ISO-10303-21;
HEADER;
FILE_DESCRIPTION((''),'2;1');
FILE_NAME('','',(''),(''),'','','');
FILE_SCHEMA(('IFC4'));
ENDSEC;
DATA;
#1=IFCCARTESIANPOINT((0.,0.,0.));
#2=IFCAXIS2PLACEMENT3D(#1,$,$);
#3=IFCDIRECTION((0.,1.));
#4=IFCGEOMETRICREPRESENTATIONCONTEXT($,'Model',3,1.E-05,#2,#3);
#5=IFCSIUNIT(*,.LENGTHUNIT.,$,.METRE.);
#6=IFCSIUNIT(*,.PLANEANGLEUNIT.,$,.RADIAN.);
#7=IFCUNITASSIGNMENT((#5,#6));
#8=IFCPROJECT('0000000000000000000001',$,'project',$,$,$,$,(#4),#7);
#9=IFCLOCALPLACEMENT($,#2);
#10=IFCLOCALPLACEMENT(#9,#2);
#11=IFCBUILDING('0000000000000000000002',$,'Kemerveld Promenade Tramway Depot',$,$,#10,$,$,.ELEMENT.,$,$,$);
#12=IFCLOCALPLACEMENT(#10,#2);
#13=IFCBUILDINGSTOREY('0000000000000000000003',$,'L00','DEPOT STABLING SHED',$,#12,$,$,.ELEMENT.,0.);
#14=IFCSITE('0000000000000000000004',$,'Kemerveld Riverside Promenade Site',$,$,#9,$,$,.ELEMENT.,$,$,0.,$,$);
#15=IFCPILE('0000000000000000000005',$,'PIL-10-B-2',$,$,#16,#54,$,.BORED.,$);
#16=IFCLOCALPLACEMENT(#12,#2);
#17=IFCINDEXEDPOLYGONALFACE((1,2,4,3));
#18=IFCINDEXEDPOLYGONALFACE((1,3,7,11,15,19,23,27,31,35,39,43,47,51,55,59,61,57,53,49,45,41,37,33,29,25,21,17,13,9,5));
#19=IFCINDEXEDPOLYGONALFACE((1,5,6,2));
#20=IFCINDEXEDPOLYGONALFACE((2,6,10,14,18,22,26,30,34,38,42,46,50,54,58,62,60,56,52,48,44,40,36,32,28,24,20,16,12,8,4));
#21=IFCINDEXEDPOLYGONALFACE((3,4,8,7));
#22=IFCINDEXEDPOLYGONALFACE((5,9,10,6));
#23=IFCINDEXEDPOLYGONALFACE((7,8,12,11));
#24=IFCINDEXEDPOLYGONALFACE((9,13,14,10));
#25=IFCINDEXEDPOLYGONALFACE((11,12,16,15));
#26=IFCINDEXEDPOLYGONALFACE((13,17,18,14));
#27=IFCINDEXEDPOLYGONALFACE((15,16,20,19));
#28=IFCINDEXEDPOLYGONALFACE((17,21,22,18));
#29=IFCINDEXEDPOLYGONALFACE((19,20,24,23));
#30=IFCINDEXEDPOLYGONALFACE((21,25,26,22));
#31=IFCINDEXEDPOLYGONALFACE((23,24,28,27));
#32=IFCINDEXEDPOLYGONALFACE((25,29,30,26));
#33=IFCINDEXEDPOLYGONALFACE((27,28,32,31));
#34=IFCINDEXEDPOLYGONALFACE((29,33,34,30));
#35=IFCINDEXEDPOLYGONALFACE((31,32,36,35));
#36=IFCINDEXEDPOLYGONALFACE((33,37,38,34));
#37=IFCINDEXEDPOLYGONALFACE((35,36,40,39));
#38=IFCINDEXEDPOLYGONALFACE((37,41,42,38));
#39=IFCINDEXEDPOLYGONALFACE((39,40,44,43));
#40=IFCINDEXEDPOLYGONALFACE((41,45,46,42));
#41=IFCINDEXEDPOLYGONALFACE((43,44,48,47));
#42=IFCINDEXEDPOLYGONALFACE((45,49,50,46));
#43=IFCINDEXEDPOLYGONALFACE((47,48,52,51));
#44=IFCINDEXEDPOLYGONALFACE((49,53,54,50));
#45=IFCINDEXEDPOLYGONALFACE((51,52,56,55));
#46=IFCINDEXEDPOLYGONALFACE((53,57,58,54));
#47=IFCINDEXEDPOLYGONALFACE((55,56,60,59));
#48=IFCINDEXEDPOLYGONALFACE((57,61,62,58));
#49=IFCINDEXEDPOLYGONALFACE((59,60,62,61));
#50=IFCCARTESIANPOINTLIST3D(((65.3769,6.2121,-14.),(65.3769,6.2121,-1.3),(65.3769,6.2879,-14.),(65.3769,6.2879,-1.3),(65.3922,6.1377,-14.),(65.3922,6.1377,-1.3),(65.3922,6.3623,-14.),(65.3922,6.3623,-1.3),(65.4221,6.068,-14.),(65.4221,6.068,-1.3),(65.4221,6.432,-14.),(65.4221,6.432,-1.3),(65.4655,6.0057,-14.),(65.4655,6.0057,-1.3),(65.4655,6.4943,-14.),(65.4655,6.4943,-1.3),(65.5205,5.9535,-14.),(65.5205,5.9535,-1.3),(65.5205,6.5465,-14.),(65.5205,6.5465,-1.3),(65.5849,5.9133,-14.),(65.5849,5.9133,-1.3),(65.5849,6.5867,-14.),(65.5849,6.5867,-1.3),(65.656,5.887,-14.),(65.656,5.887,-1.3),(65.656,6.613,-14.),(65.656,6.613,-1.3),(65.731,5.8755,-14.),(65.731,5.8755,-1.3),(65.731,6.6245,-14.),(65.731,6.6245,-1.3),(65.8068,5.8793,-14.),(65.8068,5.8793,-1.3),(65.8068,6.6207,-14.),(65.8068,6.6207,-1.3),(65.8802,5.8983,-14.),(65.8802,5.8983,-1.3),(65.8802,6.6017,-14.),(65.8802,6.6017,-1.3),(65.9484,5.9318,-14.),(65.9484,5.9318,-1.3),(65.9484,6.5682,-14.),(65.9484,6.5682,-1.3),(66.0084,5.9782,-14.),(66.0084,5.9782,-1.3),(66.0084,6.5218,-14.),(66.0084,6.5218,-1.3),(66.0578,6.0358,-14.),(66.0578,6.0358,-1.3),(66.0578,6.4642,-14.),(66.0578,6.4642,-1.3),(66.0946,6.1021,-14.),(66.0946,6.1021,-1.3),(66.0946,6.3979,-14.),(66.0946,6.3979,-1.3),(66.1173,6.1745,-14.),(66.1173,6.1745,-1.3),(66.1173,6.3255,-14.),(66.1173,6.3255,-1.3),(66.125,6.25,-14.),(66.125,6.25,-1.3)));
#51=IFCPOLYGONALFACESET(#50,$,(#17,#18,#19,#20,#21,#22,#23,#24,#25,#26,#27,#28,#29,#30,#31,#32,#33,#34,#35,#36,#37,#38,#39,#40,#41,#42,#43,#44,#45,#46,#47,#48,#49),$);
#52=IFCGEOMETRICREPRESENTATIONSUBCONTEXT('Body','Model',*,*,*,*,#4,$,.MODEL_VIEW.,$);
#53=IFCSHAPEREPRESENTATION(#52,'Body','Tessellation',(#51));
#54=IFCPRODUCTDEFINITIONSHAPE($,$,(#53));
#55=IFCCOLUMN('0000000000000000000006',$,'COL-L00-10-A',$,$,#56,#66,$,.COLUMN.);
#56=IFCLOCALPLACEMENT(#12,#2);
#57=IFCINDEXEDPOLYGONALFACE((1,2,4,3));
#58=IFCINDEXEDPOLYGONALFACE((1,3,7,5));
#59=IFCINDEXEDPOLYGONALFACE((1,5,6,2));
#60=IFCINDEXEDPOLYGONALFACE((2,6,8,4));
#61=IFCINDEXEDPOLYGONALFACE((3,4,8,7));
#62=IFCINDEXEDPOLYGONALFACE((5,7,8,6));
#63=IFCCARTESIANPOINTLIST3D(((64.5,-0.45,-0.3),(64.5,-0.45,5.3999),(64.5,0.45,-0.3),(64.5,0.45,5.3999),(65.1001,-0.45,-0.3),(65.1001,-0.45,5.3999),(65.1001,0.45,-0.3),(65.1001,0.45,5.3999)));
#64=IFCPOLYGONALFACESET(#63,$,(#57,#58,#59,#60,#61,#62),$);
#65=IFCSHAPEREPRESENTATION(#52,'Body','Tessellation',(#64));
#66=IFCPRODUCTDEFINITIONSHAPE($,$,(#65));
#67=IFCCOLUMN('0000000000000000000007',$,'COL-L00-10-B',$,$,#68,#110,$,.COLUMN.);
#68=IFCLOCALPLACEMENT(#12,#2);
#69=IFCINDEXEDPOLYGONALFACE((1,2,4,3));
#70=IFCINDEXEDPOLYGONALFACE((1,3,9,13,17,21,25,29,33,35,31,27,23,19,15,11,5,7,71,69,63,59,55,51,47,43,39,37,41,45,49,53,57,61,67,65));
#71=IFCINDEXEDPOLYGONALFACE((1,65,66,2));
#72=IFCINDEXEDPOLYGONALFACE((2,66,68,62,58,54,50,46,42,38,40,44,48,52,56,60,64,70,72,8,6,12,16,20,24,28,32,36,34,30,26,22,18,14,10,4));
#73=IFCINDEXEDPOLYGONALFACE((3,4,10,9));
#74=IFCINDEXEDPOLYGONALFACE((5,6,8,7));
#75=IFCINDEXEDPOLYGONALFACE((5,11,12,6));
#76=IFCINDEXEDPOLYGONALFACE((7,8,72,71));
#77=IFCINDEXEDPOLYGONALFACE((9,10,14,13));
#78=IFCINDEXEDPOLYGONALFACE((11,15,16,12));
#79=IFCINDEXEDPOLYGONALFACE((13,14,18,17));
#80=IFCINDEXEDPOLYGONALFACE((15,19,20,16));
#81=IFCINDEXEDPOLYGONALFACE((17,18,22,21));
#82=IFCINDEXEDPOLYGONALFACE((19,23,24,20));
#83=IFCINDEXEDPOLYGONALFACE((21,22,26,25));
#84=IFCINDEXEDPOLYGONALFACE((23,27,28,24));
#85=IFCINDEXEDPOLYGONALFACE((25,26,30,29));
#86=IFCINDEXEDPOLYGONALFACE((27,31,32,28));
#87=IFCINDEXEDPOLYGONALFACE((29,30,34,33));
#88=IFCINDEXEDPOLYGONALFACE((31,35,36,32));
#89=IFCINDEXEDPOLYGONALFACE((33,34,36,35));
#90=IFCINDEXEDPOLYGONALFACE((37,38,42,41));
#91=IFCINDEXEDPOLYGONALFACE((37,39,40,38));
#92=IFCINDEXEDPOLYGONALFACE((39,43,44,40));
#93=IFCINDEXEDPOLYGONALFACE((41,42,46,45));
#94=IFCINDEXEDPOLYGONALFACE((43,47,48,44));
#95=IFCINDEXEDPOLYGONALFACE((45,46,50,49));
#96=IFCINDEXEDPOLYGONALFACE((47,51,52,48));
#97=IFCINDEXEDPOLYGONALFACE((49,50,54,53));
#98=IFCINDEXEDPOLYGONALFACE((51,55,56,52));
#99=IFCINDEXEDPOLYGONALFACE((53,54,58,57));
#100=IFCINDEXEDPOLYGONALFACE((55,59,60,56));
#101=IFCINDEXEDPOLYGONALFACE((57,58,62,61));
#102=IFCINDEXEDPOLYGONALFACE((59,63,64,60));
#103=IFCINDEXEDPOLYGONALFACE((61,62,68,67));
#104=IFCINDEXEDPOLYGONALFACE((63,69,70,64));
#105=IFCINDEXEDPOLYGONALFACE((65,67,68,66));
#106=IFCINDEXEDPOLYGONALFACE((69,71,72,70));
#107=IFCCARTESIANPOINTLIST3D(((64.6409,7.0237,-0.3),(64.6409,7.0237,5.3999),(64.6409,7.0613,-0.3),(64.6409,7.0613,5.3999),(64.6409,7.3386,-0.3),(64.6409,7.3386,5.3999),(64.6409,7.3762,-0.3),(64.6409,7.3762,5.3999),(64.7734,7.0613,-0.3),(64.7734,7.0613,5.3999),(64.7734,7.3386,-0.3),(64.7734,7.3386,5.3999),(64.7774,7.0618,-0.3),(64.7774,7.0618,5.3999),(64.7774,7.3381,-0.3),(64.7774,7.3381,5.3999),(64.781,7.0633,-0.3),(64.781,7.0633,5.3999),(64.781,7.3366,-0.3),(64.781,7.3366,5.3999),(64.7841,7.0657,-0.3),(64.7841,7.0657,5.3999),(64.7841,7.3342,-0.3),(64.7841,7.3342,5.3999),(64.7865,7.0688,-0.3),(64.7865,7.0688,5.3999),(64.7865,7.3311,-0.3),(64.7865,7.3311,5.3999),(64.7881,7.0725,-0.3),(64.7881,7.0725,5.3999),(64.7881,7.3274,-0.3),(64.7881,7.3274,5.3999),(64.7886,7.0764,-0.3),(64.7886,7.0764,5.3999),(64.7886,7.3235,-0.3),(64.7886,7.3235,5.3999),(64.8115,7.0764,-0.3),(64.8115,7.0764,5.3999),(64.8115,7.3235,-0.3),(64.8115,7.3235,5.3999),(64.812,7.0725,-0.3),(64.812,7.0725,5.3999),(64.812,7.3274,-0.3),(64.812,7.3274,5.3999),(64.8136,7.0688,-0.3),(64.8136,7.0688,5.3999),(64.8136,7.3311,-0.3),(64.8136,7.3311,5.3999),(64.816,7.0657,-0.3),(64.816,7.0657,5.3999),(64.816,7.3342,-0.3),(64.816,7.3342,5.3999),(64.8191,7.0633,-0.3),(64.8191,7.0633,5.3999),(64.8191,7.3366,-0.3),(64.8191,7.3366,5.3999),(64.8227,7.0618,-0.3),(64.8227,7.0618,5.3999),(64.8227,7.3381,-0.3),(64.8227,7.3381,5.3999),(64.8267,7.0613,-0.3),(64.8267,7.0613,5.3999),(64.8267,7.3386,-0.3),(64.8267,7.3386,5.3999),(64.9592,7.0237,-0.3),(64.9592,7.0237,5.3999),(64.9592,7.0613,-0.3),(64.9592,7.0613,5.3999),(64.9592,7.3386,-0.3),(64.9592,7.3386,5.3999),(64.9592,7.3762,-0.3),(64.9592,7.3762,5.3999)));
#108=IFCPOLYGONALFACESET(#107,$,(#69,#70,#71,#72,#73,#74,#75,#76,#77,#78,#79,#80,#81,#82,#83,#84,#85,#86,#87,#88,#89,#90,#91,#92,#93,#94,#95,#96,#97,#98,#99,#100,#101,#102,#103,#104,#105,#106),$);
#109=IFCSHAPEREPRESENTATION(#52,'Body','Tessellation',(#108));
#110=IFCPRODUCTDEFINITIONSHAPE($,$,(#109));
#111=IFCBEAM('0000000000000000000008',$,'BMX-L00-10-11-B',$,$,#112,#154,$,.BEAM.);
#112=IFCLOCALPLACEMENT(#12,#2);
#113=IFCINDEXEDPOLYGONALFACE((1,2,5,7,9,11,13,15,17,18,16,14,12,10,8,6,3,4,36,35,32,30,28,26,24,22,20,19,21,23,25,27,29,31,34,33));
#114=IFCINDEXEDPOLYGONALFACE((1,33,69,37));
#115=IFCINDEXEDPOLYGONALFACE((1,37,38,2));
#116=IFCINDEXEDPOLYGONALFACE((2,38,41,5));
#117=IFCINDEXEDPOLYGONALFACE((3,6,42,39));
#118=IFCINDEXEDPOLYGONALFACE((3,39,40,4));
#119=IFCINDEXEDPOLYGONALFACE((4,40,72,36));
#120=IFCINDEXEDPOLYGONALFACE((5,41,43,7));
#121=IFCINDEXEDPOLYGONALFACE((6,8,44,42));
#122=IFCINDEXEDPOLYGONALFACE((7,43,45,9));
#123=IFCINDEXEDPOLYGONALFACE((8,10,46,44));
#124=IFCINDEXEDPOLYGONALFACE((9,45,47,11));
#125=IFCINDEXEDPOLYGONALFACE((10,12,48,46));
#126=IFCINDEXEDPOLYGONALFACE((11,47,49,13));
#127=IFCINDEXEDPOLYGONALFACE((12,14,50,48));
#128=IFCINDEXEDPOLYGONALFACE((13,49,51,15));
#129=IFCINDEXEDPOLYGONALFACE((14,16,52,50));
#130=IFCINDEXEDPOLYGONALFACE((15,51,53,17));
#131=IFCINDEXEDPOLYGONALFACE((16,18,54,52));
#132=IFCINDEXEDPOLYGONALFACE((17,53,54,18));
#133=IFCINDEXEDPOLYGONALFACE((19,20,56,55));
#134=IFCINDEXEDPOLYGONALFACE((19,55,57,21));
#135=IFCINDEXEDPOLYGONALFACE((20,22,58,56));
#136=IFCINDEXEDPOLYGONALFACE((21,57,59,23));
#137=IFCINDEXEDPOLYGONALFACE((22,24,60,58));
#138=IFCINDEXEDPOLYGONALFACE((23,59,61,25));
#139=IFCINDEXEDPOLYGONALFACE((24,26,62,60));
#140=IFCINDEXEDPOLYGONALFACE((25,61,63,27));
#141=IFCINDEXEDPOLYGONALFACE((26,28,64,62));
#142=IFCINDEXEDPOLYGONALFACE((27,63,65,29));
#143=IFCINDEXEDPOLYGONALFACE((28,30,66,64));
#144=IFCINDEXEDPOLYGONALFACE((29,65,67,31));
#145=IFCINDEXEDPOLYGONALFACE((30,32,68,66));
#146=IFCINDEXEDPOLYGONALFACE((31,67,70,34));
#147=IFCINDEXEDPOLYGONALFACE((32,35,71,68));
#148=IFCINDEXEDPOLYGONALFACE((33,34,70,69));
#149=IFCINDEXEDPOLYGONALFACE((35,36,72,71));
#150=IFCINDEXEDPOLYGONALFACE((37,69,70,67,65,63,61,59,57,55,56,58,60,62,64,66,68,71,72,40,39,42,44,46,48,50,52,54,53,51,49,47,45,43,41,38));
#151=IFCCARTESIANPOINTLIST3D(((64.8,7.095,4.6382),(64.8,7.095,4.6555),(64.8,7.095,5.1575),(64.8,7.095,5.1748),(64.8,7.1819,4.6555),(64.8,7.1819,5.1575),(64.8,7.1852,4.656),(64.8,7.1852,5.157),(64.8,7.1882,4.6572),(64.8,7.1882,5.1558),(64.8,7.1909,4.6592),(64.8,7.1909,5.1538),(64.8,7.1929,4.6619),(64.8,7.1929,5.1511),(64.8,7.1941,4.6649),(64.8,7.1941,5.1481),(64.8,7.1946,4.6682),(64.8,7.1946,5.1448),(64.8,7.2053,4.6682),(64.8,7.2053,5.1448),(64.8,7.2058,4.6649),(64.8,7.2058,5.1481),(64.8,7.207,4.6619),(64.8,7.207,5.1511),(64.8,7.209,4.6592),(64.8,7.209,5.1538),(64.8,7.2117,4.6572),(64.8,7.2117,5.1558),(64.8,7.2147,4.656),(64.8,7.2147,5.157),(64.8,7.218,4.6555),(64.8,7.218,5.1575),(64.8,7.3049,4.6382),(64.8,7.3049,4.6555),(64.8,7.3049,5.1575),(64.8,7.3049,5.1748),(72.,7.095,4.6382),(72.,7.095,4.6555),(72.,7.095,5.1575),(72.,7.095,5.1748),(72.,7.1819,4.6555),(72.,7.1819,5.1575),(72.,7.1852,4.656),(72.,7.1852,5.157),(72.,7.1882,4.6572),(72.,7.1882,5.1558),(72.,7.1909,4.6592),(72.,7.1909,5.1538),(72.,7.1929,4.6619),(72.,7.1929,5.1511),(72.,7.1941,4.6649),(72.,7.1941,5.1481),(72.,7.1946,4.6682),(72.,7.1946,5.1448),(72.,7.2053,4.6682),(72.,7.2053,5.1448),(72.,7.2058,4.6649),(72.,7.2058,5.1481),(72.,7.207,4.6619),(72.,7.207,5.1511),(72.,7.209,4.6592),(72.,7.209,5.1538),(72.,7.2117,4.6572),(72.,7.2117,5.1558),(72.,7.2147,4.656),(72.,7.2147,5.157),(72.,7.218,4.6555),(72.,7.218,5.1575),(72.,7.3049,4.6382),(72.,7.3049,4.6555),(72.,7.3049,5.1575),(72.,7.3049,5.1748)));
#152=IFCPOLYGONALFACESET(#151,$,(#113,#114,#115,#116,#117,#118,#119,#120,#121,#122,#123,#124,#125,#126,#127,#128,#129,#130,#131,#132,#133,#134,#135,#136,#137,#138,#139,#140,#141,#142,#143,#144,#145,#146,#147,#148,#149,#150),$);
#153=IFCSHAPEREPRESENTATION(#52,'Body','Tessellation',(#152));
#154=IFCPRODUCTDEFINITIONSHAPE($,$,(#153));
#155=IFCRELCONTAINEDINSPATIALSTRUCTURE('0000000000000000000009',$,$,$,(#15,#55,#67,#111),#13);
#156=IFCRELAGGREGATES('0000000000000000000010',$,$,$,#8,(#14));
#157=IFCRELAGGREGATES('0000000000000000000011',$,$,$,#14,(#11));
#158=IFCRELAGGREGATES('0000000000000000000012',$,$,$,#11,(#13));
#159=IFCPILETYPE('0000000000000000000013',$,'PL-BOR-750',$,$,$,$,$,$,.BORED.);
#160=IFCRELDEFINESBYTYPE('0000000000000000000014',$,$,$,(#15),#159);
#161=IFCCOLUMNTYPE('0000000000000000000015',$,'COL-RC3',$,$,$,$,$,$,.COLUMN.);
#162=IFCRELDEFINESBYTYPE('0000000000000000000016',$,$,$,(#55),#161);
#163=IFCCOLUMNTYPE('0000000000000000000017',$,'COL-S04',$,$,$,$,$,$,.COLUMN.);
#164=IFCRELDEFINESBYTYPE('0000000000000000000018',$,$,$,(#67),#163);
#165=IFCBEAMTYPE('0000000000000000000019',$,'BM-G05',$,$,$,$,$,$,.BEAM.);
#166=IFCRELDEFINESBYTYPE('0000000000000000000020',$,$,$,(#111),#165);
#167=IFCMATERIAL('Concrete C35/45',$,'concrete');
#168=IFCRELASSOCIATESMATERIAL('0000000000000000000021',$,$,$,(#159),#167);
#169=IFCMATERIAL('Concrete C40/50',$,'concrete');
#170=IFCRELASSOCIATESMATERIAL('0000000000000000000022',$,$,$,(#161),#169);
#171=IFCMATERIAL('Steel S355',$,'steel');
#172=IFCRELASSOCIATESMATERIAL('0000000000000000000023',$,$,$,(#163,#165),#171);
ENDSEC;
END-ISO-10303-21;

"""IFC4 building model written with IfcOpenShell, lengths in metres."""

from ifc_helpers import new_model, si_unit, direction, frame, origin, origin_2d, place, context, subcontext, project, spatial, rectangle, circle, i_section, extrude, material, material_profile, profile_set, type_object, element, save


model = new_model("IFC4")

# Units and contexts
model_context = context("Model", 3, precision=1e-05, world=origin(), true_north=direction((0.0, 1.0)))
body_context = subcontext(model_context, "Body", "Model", "MODEL_VIEW")
ifc_project = project(units=[si_unit("LENGTHUNIT", "METRE"), si_unit("PLANEANGLEUNIT", "RADIAN")], contexts=[model_context])

# Site, building, storey
site_placement = place(None, origin())
site = spatial("IfcSite", under=ifc_project, at=site_placement, Name="Kemerveld Riverside Promenade Site", CompositionType="ELEMENT", RefElevation=0.0)
building_placement = place(site_placement, origin())
building = spatial("IfcBuilding", under=site, at=building_placement, Name="Kemerveld Promenade Tramway Depot", CompositionType="ELEMENT")
storey_placement = place(building_placement, origin())
storey = spatial("IfcBuildingStorey", under=building, at=storey_placement, Name="L00", Description="DEPOT STABLING SHED", CompositionType="ELEMENT", Elevation=0.0)

# Shared definitions
ifc_material_1 = material(Name="Concrete C35/45", Category="concrete")

# Pile
ifc_material_profile_1 = material_profile(ifc_material_1, circle(Radius=0.375, at=origin_2d()), Name="PILE-D750")
ifc_profile_set_1 = profile_set([ifc_material_profile_1], Name="Concrete C35/45")
pile_type = type_object("IfcPileType", Name="PL-BOR-750", PredefinedType="BORED", material=ifc_profile_set_1)
for number, where, z_axis, x_axis, name in (
    (1, (65.75, 6.25, -1.3), (0.0, 0.0, -1.0), (1.0, 0.0, 0.0), "PIL-10-B-2"),
):
    element("IfcPile", number, at=place(storey_placement, frame(where, z_axis=z_axis, x_axis=x_axis)), inside=storey, type_object=pile_type, Name=name, PredefinedType="BORED", context=body_context, shape_type="SweptSolid", body=[
        extrude(circle(Radius=0.375, at=origin_2d()), origin(), (0.0, 0.0, 1.0), 12.7),
    ])

# Columns
ifc_material_2 = material(Name="Concrete C40/50", Category="concrete")
ifc_material_profile_2 = material_profile(ifc_material_2, rectangle(XDim=0.6001, YDim=0.8999, at=origin_2d()), Name="RC-PIER-900x600")
ifc_profile_set_2 = profile_set([ifc_material_profile_2], Name="Concrete C40/50")
column_type_1 = type_object("IfcColumnType", Name="COL-RC3", PredefinedType="COLUMN", material=ifc_profile_set_2)
column_1_placement = place(storey_placement, frame((64.8, 0.0, -0.3), z_axis=(0.0, 0.0, 1.0), x_axis=(1.0, 0.0, 0.0)))
element("IfcColumn", 2, at=column_1_placement, inside=storey, type_object=column_type_1, Name="COL-L00-10-A", PredefinedType="COLUMN", context=body_context, shape_type="SweptSolid", body=[
    extrude(rectangle(XDim=0.6001, YDim=0.8999, at=origin_2d()), origin(), (0.0, 0.0, 1.0), 5.7),
])
ifc_material_3 = material(Name="Steel S355", Category="steel")
ifc_material_profile_3 = material_profile(ifc_material_3, i_section(OverallWidth=0.3184, OverallDepth=0.3525, WebThickness=0.0229, FlangeThickness=0.0376, FilletRadius=0.0151, at=origin_2d()), Name="305x305x240 UC")
ifc_profile_set_3 = profile_set([ifc_material_profile_3], Name="Steel S355")
column_type_2 = type_object("IfcColumnType", Name="COL-S04", PredefinedType="COLUMN", material=ifc_profile_set_3)
column_2_placement = place(storey_placement, frame((64.8, 7.2, -0.3), z_axis=(0.0, 0.0, 1.0), x_axis=(1.0, 0.0, 0.0)))
element("IfcColumn", 3, at=column_2_placement, inside=storey, type_object=column_type_2, Name="COL-L00-10-B", PredefinedType="COLUMN", context=body_context, shape_type="SweptSolid", body=[
    extrude(i_section(OverallWidth=0.3184, OverallDepth=0.3525, WebThickness=0.0229, FlangeThickness=0.0376, FilletRadius=0.0151, at=origin_2d()), origin(), (0.0, 0.0, 1.0), 5.7),
])

# Beam
ifc_material_profile_4 = material_profile(ifc_material_3, i_section(OverallWidth=0.21, OverallDepth=0.5366, WebThickness=0.0107, FlangeThickness=0.0173, FilletRadius=0.0127, at=origin_2d()), Name="533x210x101 UB")
ifc_profile_set_4 = profile_set([ifc_material_profile_4], Name="Steel S355")
beam_type_1 = type_object("IfcBeamType", Name="BM-G05", PredefinedType="BEAM", material=ifc_profile_set_4)
beam_1_placement = place(storey_placement, frame((64.8, 7.2, 4.9065), z_axis=(1.0, 0.0, 0.0), x_axis=(0.0, 1.0, 0.0)))
element("IfcBeam", 4, at=beam_1_placement, inside=storey, type_object=beam_type_1, Name="BMX-L00-10-11-B", PredefinedType="BEAM", context=body_context, shape_type="SweptSolid", body=[
    extrude(i_section(OverallWidth=0.21, OverallDepth=0.5366, WebThickness=0.0107, FlangeThickness=0.0173, FilletRadius=0.0127, at=origin_2d()), origin(), (0.0, 0.0, 1.0), 7.2),
])

save(model, "model.ifc")
